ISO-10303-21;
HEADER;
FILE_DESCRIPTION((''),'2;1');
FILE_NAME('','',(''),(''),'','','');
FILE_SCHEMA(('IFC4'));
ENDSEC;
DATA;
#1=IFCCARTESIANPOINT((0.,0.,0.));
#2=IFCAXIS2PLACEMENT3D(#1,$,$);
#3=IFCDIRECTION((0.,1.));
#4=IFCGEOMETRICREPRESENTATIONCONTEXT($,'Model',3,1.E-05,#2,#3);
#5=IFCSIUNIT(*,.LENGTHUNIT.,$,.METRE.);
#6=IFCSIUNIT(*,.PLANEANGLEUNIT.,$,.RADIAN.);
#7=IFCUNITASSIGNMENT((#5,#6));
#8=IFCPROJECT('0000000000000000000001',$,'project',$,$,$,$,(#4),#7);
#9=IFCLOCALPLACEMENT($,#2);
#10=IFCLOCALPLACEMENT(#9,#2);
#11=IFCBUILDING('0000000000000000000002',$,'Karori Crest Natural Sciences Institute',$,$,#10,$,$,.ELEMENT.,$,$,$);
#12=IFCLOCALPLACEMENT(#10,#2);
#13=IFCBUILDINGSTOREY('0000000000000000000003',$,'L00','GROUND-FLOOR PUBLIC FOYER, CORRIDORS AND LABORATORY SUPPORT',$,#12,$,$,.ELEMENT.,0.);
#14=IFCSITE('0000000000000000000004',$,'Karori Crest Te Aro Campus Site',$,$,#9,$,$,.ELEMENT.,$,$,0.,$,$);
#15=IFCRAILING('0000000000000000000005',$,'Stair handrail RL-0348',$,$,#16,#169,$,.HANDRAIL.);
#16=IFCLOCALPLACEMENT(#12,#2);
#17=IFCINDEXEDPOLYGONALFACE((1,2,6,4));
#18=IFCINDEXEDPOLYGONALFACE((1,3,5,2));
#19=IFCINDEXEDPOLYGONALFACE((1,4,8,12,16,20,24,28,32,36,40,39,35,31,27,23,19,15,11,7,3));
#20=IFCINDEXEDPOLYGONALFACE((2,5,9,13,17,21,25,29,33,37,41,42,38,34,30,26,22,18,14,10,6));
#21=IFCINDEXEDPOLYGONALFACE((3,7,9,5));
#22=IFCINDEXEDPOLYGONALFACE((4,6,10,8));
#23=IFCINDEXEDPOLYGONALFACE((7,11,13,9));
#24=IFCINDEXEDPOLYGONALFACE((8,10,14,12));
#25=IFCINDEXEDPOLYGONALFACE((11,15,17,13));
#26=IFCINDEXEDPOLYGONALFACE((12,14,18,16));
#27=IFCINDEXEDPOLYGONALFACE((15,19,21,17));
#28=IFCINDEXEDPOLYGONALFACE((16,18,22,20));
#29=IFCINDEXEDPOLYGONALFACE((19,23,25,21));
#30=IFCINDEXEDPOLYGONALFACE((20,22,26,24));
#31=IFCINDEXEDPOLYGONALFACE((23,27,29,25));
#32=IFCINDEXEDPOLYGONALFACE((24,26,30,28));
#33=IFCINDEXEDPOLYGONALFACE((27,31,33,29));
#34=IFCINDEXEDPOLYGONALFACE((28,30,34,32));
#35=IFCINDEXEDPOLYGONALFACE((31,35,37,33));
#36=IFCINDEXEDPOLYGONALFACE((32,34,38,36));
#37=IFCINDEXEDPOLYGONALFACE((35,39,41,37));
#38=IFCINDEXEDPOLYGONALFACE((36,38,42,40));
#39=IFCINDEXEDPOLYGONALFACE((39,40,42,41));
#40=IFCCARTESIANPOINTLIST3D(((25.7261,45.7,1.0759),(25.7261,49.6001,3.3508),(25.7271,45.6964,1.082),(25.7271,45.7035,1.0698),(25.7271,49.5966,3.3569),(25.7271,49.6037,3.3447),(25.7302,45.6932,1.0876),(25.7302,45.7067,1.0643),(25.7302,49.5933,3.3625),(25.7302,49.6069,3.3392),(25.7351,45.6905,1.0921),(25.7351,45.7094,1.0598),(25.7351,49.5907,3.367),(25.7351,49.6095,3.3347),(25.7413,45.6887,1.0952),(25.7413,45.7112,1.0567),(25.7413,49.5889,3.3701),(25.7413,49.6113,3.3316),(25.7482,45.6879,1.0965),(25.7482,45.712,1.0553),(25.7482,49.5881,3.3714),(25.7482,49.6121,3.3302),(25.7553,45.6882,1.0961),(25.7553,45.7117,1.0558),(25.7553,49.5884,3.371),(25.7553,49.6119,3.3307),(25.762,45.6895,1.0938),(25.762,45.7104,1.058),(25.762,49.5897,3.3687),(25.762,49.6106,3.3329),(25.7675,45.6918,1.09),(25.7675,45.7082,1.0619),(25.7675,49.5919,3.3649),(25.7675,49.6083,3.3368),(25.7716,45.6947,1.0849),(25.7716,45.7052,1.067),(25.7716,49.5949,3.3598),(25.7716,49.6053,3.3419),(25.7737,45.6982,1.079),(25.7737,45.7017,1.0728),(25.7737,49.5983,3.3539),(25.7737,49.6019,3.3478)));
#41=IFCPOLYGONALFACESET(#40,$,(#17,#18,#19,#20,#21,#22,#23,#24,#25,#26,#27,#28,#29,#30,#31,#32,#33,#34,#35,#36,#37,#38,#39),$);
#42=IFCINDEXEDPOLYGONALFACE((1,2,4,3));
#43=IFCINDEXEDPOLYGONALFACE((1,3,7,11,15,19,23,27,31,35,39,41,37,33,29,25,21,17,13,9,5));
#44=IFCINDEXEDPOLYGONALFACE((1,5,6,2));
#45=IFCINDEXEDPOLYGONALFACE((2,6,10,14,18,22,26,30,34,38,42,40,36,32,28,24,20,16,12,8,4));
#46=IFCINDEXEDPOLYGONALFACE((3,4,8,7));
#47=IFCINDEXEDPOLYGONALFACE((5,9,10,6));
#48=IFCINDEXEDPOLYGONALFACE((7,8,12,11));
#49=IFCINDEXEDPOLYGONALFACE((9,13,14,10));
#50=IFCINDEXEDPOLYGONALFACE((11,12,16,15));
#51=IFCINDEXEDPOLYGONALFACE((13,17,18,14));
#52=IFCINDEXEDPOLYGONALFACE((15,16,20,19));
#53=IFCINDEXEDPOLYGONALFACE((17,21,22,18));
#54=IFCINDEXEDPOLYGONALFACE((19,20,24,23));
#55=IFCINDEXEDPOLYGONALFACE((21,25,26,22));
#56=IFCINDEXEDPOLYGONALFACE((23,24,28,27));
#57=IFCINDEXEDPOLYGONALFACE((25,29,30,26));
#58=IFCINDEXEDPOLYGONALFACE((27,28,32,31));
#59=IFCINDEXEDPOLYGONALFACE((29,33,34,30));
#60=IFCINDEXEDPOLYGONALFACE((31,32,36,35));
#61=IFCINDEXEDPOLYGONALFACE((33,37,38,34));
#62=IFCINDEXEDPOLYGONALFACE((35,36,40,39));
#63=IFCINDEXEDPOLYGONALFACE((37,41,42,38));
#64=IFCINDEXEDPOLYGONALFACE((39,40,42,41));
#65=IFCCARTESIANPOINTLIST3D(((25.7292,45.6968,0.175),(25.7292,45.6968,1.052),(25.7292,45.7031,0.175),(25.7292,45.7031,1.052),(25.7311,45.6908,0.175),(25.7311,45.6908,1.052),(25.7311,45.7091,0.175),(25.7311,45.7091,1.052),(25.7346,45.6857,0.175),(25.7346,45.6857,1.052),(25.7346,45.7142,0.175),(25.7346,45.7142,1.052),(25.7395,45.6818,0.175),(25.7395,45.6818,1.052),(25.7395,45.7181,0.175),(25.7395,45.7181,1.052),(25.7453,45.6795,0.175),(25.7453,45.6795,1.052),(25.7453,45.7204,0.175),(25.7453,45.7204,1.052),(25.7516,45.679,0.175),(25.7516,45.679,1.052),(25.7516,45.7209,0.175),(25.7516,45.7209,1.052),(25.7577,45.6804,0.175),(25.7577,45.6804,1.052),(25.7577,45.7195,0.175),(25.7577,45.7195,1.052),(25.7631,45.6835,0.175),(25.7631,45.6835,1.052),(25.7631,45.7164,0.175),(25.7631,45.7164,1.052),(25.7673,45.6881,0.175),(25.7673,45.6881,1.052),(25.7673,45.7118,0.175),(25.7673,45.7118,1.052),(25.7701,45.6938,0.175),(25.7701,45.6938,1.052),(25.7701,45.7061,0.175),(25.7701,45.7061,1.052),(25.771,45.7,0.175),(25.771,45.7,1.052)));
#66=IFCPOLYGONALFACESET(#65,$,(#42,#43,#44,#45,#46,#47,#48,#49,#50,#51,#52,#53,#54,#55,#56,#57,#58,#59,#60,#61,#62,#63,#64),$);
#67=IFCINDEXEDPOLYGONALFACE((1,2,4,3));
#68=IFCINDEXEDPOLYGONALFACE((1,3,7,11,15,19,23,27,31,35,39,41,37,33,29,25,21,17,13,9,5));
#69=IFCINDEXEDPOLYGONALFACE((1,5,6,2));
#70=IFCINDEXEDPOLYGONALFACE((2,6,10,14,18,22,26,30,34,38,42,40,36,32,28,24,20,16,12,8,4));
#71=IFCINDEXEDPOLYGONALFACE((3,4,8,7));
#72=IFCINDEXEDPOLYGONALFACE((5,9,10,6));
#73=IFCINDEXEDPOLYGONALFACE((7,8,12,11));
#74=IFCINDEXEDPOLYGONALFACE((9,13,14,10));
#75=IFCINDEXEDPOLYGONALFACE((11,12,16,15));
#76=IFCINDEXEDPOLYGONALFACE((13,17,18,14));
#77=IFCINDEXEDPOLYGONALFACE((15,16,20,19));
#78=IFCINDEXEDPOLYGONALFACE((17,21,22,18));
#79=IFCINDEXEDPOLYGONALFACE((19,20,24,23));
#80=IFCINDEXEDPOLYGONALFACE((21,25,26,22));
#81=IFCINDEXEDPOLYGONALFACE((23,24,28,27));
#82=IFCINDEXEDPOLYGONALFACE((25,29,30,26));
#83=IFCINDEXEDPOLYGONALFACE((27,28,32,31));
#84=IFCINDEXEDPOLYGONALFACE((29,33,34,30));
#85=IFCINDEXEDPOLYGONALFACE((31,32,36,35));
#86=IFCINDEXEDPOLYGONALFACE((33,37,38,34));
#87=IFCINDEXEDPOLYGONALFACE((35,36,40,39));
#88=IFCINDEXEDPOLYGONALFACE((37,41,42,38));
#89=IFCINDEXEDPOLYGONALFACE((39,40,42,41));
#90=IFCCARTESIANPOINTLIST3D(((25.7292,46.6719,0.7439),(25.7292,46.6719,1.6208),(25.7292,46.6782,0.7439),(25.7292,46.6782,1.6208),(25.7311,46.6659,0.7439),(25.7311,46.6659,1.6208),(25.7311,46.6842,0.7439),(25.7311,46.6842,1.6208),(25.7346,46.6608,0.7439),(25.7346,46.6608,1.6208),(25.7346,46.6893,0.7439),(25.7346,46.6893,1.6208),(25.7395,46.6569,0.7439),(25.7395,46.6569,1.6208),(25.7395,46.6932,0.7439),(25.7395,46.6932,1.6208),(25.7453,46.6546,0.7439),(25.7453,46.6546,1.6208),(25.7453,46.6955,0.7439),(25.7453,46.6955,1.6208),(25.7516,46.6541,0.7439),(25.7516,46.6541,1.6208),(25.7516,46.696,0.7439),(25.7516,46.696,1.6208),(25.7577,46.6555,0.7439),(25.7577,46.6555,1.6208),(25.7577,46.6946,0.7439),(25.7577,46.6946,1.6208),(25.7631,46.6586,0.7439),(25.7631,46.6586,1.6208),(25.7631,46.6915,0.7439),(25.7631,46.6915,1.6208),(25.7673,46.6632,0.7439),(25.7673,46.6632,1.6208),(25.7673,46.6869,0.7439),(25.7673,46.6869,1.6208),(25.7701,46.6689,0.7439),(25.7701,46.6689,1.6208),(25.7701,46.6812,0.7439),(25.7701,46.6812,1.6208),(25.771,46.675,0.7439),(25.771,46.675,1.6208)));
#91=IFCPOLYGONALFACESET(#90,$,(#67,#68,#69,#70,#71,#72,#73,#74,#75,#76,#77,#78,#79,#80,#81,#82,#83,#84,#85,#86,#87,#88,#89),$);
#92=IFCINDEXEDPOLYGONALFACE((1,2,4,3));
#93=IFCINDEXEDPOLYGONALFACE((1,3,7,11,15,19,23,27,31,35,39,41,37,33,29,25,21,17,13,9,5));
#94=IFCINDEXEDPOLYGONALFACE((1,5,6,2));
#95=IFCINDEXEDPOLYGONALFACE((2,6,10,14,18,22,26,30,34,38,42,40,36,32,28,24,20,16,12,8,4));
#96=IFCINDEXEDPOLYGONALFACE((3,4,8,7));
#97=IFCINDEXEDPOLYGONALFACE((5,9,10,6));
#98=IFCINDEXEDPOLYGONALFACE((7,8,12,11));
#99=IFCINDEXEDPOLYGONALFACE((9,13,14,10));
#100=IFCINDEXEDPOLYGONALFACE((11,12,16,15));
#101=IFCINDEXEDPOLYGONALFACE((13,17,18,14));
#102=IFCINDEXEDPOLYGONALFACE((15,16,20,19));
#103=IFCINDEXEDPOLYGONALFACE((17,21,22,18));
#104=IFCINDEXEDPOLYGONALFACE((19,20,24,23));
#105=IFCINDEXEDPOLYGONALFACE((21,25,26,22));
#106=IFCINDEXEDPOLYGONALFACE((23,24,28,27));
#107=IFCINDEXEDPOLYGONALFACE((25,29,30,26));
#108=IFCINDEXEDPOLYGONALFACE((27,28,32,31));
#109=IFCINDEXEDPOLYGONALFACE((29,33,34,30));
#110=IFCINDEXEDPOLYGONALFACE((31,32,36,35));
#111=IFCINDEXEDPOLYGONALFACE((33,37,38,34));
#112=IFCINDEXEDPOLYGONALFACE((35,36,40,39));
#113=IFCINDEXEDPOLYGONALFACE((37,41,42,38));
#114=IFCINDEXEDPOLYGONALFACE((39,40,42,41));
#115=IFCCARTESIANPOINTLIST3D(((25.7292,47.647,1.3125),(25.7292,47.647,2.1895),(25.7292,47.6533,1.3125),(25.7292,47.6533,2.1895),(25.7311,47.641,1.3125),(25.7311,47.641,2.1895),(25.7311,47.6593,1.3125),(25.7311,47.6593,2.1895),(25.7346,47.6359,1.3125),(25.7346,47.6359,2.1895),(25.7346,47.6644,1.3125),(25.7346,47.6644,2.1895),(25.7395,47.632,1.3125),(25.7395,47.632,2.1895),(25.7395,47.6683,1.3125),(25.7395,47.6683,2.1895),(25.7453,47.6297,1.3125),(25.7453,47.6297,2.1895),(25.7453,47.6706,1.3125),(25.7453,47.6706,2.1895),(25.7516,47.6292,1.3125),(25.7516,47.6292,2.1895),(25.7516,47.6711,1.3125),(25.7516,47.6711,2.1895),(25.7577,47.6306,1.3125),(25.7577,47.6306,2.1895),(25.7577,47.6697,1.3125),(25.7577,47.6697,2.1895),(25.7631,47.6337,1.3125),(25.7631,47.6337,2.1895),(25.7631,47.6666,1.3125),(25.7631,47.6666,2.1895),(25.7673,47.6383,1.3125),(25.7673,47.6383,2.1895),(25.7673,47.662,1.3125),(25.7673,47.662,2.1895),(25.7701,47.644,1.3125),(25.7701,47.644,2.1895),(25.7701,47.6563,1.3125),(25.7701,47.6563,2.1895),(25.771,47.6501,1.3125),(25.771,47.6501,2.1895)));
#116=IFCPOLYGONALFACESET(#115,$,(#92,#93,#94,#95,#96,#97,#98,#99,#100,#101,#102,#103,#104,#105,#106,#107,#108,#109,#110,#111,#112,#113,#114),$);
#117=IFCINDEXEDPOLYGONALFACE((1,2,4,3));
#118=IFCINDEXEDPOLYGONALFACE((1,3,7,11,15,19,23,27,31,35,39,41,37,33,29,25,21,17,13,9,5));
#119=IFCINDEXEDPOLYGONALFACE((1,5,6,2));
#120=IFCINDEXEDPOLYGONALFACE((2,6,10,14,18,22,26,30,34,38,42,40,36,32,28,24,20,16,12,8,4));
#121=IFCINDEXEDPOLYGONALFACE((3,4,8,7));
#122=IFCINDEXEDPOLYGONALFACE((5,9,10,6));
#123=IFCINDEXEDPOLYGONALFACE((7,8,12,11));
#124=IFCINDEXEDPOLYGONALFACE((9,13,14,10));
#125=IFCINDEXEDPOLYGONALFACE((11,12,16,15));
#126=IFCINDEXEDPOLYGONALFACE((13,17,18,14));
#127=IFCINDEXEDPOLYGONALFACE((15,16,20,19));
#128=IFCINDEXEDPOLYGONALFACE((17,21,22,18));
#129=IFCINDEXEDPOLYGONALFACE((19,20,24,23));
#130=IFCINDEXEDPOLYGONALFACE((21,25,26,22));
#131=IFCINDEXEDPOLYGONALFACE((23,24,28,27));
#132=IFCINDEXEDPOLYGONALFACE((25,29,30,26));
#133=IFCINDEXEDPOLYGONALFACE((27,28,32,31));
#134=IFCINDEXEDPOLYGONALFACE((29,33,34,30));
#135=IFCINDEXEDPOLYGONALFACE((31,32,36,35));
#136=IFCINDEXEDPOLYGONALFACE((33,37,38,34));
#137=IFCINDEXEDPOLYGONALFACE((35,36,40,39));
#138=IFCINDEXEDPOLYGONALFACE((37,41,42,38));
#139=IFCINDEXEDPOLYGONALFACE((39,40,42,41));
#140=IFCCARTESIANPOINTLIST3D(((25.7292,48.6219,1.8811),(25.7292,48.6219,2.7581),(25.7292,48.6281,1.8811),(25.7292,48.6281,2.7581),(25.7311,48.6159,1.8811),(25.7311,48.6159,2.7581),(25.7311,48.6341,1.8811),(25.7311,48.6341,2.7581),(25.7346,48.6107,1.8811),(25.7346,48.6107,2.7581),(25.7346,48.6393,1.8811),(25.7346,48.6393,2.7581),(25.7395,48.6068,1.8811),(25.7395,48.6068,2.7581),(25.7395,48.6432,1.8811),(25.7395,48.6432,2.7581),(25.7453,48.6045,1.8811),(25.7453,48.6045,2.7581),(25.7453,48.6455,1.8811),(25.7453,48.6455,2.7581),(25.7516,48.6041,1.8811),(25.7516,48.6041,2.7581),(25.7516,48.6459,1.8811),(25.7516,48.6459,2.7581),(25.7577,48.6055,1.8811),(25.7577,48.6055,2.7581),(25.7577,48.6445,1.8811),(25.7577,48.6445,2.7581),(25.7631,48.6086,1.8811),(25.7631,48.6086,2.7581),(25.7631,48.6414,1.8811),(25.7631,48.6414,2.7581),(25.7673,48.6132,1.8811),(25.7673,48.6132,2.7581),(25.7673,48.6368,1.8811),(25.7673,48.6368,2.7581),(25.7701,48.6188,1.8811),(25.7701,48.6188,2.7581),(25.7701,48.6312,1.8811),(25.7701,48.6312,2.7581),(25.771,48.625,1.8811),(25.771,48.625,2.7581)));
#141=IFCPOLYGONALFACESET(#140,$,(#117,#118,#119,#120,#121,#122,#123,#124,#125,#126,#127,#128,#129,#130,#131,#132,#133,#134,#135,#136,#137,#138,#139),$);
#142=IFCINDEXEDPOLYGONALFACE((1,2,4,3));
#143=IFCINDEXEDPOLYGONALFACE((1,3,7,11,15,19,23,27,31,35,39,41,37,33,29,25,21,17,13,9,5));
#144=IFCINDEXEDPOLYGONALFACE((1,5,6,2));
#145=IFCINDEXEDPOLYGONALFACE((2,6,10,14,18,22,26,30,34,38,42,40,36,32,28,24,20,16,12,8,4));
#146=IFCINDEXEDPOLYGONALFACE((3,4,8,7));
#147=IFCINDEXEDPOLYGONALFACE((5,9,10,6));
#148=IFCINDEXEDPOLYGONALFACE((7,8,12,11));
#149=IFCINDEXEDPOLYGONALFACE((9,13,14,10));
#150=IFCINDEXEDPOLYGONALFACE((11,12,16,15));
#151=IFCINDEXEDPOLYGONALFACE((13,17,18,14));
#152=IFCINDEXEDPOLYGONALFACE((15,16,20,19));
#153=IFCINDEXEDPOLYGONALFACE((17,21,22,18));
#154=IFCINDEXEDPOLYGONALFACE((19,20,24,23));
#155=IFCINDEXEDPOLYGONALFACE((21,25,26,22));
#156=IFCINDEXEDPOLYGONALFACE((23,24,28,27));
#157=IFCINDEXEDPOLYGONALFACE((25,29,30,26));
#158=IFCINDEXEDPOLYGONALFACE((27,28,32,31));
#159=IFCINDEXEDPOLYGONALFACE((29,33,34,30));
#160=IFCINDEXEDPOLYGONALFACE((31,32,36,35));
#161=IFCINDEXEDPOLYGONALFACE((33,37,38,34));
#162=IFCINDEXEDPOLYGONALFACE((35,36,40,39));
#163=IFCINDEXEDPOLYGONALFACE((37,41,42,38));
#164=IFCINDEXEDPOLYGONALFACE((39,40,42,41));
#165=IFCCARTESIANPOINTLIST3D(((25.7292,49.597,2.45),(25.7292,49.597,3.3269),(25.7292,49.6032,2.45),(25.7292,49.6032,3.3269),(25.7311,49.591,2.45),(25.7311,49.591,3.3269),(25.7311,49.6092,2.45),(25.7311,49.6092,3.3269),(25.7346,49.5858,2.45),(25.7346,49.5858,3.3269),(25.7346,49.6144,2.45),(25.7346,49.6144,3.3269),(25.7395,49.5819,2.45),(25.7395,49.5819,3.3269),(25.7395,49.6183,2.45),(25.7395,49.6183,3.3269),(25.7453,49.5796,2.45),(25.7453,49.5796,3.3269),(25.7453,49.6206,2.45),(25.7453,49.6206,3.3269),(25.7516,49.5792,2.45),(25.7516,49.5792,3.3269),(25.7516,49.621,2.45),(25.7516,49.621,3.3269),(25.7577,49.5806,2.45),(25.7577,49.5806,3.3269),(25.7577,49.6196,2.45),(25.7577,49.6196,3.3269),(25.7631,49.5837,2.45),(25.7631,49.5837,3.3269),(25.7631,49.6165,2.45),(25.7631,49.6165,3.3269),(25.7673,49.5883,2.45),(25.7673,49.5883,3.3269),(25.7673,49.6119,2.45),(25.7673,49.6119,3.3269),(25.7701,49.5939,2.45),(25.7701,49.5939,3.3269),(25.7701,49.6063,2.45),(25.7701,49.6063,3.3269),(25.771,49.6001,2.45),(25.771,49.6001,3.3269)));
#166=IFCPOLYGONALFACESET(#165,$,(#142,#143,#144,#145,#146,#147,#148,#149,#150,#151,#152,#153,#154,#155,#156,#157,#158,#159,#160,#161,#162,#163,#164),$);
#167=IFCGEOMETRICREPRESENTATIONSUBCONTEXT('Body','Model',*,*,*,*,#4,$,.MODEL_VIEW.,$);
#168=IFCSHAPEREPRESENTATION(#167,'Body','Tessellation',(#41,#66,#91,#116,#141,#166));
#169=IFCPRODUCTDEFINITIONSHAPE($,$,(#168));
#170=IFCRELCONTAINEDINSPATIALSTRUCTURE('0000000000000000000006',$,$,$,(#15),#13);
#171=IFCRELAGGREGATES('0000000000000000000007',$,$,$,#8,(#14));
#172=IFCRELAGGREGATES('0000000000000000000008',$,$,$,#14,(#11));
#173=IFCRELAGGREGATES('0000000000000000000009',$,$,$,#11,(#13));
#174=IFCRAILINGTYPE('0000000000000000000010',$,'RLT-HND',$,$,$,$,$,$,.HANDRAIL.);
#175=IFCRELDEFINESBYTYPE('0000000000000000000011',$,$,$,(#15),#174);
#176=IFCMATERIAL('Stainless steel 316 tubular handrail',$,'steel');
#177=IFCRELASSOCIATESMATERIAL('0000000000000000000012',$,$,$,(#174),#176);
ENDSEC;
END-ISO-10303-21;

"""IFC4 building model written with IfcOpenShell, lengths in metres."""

from ifc_helpers import new_model, si_unit, direction, frame, origin, origin_2d, place, context, subcontext, project, spatial, circle, extrude, material, type_object, element, save


model = new_model("IFC4")

# Units and contexts
model_context = context("Model", 3, precision=1e-05, world=origin(), true_north=direction((0.0, 1.0)))
body_context = subcontext(model_context, "Body", "Model", "MODEL_VIEW")
ifc_project = project(units=[si_unit("LENGTHUNIT", "METRE"), si_unit("PLANEANGLEUNIT", "RADIAN")], contexts=[model_context])

# Site, building, storey
site_placement = place(None, origin())
site = spatial("IfcSite", under=ifc_project, at=site_placement, Name="Karori Crest Te Aro Campus Site", CompositionType="ELEMENT", RefElevation=0.0)
building_placement = place(site_placement, origin())
building = spatial("IfcBuilding", under=site, at=building_placement, Name="Karori Crest Natural Sciences Institute", CompositionType="ELEMENT")
storey_placement = place(building_placement, origin())
storey = spatial("IfcBuildingStorey", under=building, at=storey_placement, Name="L00", Description="GROUND-FLOOR PUBLIC FOYER, CORRIDORS AND LABORATORY SUPPORT", CompositionType="ELEMENT", Elevation=0.0)

# Railing
ifc_material_1 = material(Name="Stainless steel 316 tubular handrail", Category="steel")
railing_type_1 = type_object("IfcRailingType", Name="RLT-HND", PredefinedType="HANDRAIL", material=ifc_material_1)
railing_1_placement = place(storey_placement, frame((25.75, 45.7, 0.175)))
element("IfcRailing", 1, at=railing_1_placement, inside=storey, type_object=railing_type_1, Name="Stair handrail RL-0348", PredefinedType="HANDRAIL", context=body_context, shape_type="SweptSolid", body=[
    extrude(circle(Radius=0.0239, at=origin_2d()), frame((0.0, 0.0, 0.9009), z_axis=(0.0, 0.863797, 0.503841), x_axis=(-1.0, 0.0, 0.0)), (0.0, 0.0, 1.0), 4.5151),
    extrude(circle(Radius=0.021, at=origin_2d()), origin(), (0.0, 0.0, 1.0), 0.877),
    extrude(circle(Radius=0.021, at=origin_2d()), frame((0.0, 0.9751, 0.5688)), (0.0, 0.0, 1.0), 0.877),
    extrude(circle(Radius=0.021, at=origin_2d()), frame((0.0, 1.9502, 1.1375)), (0.0, 0.0, 1.0), 0.877),
    extrude(circle(Radius=0.021, at=origin_2d()), frame((0.0, 2.925, 1.7061)), (0.0, 0.0, 1.0), 0.877),
    extrude(circle(Radius=0.021, at=origin_2d()), frame((0.0, 3.9001, 2.2749)), (0.0, 0.0, 1.0), 0.877),
])

save(model, "model.ifc")
